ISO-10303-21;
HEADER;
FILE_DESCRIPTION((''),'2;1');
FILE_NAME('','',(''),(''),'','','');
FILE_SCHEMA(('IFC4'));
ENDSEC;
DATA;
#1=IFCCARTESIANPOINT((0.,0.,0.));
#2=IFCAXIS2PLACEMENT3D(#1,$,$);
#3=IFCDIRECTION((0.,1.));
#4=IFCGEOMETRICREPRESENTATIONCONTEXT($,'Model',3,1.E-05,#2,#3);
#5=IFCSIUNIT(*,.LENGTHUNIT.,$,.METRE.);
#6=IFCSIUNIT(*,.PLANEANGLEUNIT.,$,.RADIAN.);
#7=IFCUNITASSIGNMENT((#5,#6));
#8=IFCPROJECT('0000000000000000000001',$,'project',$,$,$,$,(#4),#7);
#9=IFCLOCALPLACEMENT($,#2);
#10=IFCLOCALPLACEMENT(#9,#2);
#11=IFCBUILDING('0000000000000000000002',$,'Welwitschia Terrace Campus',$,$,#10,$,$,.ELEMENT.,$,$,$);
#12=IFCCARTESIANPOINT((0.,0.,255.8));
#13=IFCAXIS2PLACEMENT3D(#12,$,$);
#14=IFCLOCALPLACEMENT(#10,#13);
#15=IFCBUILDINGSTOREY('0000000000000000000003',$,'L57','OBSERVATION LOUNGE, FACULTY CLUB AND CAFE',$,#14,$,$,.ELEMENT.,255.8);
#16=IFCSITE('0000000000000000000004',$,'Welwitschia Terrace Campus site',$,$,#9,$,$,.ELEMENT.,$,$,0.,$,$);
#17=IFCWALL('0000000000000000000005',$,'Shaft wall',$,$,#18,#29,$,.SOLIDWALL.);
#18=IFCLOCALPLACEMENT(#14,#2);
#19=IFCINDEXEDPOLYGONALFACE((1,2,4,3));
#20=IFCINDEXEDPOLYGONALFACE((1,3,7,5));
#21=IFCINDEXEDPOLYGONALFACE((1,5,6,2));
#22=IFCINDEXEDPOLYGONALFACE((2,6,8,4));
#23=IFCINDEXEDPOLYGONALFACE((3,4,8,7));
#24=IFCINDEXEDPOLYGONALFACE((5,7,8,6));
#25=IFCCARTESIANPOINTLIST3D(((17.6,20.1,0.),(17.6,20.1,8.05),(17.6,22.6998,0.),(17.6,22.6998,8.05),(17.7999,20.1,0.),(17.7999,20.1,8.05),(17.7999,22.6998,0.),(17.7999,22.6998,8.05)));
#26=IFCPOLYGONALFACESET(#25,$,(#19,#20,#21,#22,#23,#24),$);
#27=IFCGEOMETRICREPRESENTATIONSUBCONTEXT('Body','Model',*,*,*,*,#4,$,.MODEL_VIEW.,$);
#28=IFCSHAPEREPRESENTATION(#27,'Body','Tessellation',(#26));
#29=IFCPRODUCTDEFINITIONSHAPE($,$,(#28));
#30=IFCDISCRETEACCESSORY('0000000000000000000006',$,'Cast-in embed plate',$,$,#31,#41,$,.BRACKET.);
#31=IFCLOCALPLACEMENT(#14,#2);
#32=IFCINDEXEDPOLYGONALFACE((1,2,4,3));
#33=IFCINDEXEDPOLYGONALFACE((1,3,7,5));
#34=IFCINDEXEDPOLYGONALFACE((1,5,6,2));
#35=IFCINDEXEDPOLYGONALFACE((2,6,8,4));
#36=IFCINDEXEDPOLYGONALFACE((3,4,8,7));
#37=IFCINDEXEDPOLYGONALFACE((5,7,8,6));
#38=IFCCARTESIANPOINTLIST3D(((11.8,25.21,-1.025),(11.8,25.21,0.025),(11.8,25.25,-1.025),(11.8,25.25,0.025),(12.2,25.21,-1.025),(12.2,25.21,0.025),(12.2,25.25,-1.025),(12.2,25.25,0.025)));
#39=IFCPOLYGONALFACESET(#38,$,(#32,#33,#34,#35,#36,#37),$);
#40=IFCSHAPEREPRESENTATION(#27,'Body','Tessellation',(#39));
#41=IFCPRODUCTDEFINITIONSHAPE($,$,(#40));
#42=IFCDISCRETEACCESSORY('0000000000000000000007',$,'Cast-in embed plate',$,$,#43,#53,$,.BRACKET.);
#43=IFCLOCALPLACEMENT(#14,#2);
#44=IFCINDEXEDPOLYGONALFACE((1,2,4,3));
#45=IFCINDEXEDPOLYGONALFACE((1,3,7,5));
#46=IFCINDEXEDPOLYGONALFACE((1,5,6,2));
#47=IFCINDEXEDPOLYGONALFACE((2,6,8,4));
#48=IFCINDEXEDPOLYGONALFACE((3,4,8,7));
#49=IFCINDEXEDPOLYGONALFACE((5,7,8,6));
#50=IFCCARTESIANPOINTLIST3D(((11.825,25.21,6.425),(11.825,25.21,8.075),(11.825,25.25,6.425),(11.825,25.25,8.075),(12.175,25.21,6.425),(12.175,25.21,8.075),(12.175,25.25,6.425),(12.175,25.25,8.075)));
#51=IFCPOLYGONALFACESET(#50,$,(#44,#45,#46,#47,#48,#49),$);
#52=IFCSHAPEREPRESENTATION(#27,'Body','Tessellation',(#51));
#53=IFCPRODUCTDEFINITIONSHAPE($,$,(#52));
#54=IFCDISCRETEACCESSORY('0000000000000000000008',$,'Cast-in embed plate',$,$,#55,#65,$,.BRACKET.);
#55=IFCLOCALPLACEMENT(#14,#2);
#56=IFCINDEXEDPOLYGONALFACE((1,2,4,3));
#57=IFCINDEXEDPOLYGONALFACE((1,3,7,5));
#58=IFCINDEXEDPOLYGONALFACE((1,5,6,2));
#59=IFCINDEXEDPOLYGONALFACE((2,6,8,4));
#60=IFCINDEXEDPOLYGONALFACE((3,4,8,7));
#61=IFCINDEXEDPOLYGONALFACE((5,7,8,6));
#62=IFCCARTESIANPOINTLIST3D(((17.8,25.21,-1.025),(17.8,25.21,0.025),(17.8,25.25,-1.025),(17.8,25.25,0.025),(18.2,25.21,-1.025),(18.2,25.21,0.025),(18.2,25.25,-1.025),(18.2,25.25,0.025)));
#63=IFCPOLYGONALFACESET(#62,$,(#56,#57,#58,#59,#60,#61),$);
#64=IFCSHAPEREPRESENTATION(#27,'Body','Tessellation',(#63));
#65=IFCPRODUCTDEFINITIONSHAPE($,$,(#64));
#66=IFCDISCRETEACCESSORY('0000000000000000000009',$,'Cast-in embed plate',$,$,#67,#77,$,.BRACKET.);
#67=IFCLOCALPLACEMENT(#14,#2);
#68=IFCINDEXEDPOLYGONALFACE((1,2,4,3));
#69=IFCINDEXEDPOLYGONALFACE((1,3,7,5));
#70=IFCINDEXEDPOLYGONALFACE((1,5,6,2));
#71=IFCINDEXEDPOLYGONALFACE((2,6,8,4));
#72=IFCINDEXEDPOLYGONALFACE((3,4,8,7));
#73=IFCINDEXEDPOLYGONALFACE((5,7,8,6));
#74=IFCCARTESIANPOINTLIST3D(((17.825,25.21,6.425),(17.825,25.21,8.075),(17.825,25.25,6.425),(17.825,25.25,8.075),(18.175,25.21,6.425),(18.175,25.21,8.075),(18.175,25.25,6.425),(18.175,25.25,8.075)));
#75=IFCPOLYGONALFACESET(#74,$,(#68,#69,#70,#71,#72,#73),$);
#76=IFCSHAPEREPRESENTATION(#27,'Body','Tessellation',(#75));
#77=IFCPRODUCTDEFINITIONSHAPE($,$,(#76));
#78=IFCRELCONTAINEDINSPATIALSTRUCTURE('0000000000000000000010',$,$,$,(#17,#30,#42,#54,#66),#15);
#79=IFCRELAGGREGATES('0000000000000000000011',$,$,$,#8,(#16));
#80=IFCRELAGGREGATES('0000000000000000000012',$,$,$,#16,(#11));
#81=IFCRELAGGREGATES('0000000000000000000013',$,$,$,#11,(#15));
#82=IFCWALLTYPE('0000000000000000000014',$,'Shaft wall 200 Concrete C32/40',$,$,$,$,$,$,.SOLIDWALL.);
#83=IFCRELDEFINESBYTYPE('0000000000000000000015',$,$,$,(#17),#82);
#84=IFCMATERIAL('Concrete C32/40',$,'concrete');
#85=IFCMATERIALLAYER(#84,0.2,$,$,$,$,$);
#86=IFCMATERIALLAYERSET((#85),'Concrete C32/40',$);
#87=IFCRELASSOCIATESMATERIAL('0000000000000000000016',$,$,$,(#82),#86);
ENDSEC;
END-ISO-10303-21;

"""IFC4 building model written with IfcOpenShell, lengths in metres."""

from ifc_helpers import new_model, si_unit, direction, frame, frame_2d, origin, origin_2d, place, context, subcontext, project, spatial, rectangle, extrude, material, layer, layer_set, type_object, element, save


model = new_model("IFC4")

# Units and contexts
model_context = context("Model", 3, precision=1e-05, world=origin(), true_north=direction((0.0, 1.0)))
body_context = subcontext(model_context, "Body", "Model", "MODEL_VIEW")
ifc_project = project(units=[si_unit("LENGTHUNIT", "METRE"), si_unit("PLANEANGLEUNIT", "RADIAN")], contexts=[model_context])

# Site, building, storey
site_placement = place(None, origin())
site = spatial("IfcSite", under=ifc_project, at=site_placement, Name="Welwitschia Terrace Campus site", CompositionType="ELEMENT", RefElevation=0.0)
building_placement = place(site_placement, origin())
building = spatial("IfcBuilding", under=site, at=building_placement, Name="Welwitschia Terrace Campus", CompositionType="ELEMENT")
storey_placement = place(building_placement, frame((0.0, 0.0, 255.8)))
storey = spatial("IfcBuildingStorey", under=building, at=storey_placement, Name="L57", Description="OBSERVATION LOUNGE, FACULTY CLUB AND CAFE", CompositionType="ELEMENT", Elevation=255.8)

# Wall
ifc_material_1 = material(Name="Concrete C32/40", Category="concrete")
ifc_layer_1 = layer(ifc_material_1, 0.2)
ifc_layer_set_1 = layer_set([ifc_layer_1], Name="Concrete C32/40")
wall_type_1 = type_object("IfcWallType", Name="Shaft wall 200 Concrete C32/40", PredefinedType="SOLIDWALL", material=ifc_layer_set_1)
for number, where, z_axis, x_axis, name in (
    (1, (17.7, 20.1001, 0.0), (0.0, 0.0, 1.0), (0.0, 1.0, 0.0), "Shaft wall"),
):
    element("IfcWall", number, at=place(storey_placement, frame(where, z_axis=z_axis, x_axis=x_axis)), inside=storey, type_object=wall_type_1, Name=name, PredefinedType="SOLIDWALL", context=body_context, shape_type="SweptSolid", body=[
        extrude(rectangle(XDim=2.5999, YDim=0.2, at=frame_2d((1.2998, 0.0))), origin(), (0.0, 0.0, 1.0), 8.05),
    ])

# Discrete accessories
discrete_accessory_1_placement = place(storey_placement, frame((12.0, 25.25, -0.5), z_axis=(0.0, -1.0, 0.0), x_axis=(1.0, 0.0, 0.0)))
element("IfcDiscreteAccessory", 2, at=discrete_accessory_1_placement, inside=storey, Name="Cast-in embed plate", PredefinedType="BRACKET", context=body_context, shape_type="SweptSolid", body=[
    extrude(rectangle(XDim=0.3999, YDim=1.05, at=origin_2d()), origin(), (0.0, 0.0, 1.0), 0.04),
])
discrete_accessory_2_placement = place(storey_placement, frame((12.0, 25.25, 7.25), z_axis=(0.0, -1.0, 0.0), x_axis=(1.0, 0.0, 0.0)))
element("IfcDiscreteAccessory", 3, at=discrete_accessory_2_placement, inside=storey, Name="Cast-in embed plate", PredefinedType="BRACKET", context=body_context, shape_type="SweptSolid", body=[
    extrude(rectangle(XDim=0.3501, YDim=1.6499, at=origin_2d()), origin(), (0.0, 0.0, 1.0), 0.04),
])
discrete_accessory_3_placement = place(storey_placement, frame((18.0, 25.25, -0.5), z_axis=(0.0, -1.0, 0.0), x_axis=(1.0, 0.0, 0.0)))
element("IfcDiscreteAccessory", 4, at=discrete_accessory_3_placement, inside=storey, Name="Cast-in embed plate", PredefinedType="BRACKET", context=body_context, shape_type="SweptSolid", body=[
    extrude(rectangle(XDim=0.3999, YDim=1.05, at=origin_2d()), origin(), (0.0, 0.0, 1.0), 0.04),
])
discrete_accessory_4_placement = place(storey_placement, frame((18.0, 25.25, 7.25), z_axis=(0.0, -1.0, 0.0), x_axis=(1.0, 0.0, 0.0)))
element("IfcDiscreteAccessory", 5, at=discrete_accessory_4_placement, inside=storey, Name="Cast-in embed plate", PredefinedType="BRACKET", context=body_context, shape_type="SweptSolid", body=[
    extrude(rectangle(XDim=0.3501, YDim=1.6499, at=origin_2d()), origin(), (0.0, 0.0, 1.0), 0.04),
])

save(model, "model.ifc")
